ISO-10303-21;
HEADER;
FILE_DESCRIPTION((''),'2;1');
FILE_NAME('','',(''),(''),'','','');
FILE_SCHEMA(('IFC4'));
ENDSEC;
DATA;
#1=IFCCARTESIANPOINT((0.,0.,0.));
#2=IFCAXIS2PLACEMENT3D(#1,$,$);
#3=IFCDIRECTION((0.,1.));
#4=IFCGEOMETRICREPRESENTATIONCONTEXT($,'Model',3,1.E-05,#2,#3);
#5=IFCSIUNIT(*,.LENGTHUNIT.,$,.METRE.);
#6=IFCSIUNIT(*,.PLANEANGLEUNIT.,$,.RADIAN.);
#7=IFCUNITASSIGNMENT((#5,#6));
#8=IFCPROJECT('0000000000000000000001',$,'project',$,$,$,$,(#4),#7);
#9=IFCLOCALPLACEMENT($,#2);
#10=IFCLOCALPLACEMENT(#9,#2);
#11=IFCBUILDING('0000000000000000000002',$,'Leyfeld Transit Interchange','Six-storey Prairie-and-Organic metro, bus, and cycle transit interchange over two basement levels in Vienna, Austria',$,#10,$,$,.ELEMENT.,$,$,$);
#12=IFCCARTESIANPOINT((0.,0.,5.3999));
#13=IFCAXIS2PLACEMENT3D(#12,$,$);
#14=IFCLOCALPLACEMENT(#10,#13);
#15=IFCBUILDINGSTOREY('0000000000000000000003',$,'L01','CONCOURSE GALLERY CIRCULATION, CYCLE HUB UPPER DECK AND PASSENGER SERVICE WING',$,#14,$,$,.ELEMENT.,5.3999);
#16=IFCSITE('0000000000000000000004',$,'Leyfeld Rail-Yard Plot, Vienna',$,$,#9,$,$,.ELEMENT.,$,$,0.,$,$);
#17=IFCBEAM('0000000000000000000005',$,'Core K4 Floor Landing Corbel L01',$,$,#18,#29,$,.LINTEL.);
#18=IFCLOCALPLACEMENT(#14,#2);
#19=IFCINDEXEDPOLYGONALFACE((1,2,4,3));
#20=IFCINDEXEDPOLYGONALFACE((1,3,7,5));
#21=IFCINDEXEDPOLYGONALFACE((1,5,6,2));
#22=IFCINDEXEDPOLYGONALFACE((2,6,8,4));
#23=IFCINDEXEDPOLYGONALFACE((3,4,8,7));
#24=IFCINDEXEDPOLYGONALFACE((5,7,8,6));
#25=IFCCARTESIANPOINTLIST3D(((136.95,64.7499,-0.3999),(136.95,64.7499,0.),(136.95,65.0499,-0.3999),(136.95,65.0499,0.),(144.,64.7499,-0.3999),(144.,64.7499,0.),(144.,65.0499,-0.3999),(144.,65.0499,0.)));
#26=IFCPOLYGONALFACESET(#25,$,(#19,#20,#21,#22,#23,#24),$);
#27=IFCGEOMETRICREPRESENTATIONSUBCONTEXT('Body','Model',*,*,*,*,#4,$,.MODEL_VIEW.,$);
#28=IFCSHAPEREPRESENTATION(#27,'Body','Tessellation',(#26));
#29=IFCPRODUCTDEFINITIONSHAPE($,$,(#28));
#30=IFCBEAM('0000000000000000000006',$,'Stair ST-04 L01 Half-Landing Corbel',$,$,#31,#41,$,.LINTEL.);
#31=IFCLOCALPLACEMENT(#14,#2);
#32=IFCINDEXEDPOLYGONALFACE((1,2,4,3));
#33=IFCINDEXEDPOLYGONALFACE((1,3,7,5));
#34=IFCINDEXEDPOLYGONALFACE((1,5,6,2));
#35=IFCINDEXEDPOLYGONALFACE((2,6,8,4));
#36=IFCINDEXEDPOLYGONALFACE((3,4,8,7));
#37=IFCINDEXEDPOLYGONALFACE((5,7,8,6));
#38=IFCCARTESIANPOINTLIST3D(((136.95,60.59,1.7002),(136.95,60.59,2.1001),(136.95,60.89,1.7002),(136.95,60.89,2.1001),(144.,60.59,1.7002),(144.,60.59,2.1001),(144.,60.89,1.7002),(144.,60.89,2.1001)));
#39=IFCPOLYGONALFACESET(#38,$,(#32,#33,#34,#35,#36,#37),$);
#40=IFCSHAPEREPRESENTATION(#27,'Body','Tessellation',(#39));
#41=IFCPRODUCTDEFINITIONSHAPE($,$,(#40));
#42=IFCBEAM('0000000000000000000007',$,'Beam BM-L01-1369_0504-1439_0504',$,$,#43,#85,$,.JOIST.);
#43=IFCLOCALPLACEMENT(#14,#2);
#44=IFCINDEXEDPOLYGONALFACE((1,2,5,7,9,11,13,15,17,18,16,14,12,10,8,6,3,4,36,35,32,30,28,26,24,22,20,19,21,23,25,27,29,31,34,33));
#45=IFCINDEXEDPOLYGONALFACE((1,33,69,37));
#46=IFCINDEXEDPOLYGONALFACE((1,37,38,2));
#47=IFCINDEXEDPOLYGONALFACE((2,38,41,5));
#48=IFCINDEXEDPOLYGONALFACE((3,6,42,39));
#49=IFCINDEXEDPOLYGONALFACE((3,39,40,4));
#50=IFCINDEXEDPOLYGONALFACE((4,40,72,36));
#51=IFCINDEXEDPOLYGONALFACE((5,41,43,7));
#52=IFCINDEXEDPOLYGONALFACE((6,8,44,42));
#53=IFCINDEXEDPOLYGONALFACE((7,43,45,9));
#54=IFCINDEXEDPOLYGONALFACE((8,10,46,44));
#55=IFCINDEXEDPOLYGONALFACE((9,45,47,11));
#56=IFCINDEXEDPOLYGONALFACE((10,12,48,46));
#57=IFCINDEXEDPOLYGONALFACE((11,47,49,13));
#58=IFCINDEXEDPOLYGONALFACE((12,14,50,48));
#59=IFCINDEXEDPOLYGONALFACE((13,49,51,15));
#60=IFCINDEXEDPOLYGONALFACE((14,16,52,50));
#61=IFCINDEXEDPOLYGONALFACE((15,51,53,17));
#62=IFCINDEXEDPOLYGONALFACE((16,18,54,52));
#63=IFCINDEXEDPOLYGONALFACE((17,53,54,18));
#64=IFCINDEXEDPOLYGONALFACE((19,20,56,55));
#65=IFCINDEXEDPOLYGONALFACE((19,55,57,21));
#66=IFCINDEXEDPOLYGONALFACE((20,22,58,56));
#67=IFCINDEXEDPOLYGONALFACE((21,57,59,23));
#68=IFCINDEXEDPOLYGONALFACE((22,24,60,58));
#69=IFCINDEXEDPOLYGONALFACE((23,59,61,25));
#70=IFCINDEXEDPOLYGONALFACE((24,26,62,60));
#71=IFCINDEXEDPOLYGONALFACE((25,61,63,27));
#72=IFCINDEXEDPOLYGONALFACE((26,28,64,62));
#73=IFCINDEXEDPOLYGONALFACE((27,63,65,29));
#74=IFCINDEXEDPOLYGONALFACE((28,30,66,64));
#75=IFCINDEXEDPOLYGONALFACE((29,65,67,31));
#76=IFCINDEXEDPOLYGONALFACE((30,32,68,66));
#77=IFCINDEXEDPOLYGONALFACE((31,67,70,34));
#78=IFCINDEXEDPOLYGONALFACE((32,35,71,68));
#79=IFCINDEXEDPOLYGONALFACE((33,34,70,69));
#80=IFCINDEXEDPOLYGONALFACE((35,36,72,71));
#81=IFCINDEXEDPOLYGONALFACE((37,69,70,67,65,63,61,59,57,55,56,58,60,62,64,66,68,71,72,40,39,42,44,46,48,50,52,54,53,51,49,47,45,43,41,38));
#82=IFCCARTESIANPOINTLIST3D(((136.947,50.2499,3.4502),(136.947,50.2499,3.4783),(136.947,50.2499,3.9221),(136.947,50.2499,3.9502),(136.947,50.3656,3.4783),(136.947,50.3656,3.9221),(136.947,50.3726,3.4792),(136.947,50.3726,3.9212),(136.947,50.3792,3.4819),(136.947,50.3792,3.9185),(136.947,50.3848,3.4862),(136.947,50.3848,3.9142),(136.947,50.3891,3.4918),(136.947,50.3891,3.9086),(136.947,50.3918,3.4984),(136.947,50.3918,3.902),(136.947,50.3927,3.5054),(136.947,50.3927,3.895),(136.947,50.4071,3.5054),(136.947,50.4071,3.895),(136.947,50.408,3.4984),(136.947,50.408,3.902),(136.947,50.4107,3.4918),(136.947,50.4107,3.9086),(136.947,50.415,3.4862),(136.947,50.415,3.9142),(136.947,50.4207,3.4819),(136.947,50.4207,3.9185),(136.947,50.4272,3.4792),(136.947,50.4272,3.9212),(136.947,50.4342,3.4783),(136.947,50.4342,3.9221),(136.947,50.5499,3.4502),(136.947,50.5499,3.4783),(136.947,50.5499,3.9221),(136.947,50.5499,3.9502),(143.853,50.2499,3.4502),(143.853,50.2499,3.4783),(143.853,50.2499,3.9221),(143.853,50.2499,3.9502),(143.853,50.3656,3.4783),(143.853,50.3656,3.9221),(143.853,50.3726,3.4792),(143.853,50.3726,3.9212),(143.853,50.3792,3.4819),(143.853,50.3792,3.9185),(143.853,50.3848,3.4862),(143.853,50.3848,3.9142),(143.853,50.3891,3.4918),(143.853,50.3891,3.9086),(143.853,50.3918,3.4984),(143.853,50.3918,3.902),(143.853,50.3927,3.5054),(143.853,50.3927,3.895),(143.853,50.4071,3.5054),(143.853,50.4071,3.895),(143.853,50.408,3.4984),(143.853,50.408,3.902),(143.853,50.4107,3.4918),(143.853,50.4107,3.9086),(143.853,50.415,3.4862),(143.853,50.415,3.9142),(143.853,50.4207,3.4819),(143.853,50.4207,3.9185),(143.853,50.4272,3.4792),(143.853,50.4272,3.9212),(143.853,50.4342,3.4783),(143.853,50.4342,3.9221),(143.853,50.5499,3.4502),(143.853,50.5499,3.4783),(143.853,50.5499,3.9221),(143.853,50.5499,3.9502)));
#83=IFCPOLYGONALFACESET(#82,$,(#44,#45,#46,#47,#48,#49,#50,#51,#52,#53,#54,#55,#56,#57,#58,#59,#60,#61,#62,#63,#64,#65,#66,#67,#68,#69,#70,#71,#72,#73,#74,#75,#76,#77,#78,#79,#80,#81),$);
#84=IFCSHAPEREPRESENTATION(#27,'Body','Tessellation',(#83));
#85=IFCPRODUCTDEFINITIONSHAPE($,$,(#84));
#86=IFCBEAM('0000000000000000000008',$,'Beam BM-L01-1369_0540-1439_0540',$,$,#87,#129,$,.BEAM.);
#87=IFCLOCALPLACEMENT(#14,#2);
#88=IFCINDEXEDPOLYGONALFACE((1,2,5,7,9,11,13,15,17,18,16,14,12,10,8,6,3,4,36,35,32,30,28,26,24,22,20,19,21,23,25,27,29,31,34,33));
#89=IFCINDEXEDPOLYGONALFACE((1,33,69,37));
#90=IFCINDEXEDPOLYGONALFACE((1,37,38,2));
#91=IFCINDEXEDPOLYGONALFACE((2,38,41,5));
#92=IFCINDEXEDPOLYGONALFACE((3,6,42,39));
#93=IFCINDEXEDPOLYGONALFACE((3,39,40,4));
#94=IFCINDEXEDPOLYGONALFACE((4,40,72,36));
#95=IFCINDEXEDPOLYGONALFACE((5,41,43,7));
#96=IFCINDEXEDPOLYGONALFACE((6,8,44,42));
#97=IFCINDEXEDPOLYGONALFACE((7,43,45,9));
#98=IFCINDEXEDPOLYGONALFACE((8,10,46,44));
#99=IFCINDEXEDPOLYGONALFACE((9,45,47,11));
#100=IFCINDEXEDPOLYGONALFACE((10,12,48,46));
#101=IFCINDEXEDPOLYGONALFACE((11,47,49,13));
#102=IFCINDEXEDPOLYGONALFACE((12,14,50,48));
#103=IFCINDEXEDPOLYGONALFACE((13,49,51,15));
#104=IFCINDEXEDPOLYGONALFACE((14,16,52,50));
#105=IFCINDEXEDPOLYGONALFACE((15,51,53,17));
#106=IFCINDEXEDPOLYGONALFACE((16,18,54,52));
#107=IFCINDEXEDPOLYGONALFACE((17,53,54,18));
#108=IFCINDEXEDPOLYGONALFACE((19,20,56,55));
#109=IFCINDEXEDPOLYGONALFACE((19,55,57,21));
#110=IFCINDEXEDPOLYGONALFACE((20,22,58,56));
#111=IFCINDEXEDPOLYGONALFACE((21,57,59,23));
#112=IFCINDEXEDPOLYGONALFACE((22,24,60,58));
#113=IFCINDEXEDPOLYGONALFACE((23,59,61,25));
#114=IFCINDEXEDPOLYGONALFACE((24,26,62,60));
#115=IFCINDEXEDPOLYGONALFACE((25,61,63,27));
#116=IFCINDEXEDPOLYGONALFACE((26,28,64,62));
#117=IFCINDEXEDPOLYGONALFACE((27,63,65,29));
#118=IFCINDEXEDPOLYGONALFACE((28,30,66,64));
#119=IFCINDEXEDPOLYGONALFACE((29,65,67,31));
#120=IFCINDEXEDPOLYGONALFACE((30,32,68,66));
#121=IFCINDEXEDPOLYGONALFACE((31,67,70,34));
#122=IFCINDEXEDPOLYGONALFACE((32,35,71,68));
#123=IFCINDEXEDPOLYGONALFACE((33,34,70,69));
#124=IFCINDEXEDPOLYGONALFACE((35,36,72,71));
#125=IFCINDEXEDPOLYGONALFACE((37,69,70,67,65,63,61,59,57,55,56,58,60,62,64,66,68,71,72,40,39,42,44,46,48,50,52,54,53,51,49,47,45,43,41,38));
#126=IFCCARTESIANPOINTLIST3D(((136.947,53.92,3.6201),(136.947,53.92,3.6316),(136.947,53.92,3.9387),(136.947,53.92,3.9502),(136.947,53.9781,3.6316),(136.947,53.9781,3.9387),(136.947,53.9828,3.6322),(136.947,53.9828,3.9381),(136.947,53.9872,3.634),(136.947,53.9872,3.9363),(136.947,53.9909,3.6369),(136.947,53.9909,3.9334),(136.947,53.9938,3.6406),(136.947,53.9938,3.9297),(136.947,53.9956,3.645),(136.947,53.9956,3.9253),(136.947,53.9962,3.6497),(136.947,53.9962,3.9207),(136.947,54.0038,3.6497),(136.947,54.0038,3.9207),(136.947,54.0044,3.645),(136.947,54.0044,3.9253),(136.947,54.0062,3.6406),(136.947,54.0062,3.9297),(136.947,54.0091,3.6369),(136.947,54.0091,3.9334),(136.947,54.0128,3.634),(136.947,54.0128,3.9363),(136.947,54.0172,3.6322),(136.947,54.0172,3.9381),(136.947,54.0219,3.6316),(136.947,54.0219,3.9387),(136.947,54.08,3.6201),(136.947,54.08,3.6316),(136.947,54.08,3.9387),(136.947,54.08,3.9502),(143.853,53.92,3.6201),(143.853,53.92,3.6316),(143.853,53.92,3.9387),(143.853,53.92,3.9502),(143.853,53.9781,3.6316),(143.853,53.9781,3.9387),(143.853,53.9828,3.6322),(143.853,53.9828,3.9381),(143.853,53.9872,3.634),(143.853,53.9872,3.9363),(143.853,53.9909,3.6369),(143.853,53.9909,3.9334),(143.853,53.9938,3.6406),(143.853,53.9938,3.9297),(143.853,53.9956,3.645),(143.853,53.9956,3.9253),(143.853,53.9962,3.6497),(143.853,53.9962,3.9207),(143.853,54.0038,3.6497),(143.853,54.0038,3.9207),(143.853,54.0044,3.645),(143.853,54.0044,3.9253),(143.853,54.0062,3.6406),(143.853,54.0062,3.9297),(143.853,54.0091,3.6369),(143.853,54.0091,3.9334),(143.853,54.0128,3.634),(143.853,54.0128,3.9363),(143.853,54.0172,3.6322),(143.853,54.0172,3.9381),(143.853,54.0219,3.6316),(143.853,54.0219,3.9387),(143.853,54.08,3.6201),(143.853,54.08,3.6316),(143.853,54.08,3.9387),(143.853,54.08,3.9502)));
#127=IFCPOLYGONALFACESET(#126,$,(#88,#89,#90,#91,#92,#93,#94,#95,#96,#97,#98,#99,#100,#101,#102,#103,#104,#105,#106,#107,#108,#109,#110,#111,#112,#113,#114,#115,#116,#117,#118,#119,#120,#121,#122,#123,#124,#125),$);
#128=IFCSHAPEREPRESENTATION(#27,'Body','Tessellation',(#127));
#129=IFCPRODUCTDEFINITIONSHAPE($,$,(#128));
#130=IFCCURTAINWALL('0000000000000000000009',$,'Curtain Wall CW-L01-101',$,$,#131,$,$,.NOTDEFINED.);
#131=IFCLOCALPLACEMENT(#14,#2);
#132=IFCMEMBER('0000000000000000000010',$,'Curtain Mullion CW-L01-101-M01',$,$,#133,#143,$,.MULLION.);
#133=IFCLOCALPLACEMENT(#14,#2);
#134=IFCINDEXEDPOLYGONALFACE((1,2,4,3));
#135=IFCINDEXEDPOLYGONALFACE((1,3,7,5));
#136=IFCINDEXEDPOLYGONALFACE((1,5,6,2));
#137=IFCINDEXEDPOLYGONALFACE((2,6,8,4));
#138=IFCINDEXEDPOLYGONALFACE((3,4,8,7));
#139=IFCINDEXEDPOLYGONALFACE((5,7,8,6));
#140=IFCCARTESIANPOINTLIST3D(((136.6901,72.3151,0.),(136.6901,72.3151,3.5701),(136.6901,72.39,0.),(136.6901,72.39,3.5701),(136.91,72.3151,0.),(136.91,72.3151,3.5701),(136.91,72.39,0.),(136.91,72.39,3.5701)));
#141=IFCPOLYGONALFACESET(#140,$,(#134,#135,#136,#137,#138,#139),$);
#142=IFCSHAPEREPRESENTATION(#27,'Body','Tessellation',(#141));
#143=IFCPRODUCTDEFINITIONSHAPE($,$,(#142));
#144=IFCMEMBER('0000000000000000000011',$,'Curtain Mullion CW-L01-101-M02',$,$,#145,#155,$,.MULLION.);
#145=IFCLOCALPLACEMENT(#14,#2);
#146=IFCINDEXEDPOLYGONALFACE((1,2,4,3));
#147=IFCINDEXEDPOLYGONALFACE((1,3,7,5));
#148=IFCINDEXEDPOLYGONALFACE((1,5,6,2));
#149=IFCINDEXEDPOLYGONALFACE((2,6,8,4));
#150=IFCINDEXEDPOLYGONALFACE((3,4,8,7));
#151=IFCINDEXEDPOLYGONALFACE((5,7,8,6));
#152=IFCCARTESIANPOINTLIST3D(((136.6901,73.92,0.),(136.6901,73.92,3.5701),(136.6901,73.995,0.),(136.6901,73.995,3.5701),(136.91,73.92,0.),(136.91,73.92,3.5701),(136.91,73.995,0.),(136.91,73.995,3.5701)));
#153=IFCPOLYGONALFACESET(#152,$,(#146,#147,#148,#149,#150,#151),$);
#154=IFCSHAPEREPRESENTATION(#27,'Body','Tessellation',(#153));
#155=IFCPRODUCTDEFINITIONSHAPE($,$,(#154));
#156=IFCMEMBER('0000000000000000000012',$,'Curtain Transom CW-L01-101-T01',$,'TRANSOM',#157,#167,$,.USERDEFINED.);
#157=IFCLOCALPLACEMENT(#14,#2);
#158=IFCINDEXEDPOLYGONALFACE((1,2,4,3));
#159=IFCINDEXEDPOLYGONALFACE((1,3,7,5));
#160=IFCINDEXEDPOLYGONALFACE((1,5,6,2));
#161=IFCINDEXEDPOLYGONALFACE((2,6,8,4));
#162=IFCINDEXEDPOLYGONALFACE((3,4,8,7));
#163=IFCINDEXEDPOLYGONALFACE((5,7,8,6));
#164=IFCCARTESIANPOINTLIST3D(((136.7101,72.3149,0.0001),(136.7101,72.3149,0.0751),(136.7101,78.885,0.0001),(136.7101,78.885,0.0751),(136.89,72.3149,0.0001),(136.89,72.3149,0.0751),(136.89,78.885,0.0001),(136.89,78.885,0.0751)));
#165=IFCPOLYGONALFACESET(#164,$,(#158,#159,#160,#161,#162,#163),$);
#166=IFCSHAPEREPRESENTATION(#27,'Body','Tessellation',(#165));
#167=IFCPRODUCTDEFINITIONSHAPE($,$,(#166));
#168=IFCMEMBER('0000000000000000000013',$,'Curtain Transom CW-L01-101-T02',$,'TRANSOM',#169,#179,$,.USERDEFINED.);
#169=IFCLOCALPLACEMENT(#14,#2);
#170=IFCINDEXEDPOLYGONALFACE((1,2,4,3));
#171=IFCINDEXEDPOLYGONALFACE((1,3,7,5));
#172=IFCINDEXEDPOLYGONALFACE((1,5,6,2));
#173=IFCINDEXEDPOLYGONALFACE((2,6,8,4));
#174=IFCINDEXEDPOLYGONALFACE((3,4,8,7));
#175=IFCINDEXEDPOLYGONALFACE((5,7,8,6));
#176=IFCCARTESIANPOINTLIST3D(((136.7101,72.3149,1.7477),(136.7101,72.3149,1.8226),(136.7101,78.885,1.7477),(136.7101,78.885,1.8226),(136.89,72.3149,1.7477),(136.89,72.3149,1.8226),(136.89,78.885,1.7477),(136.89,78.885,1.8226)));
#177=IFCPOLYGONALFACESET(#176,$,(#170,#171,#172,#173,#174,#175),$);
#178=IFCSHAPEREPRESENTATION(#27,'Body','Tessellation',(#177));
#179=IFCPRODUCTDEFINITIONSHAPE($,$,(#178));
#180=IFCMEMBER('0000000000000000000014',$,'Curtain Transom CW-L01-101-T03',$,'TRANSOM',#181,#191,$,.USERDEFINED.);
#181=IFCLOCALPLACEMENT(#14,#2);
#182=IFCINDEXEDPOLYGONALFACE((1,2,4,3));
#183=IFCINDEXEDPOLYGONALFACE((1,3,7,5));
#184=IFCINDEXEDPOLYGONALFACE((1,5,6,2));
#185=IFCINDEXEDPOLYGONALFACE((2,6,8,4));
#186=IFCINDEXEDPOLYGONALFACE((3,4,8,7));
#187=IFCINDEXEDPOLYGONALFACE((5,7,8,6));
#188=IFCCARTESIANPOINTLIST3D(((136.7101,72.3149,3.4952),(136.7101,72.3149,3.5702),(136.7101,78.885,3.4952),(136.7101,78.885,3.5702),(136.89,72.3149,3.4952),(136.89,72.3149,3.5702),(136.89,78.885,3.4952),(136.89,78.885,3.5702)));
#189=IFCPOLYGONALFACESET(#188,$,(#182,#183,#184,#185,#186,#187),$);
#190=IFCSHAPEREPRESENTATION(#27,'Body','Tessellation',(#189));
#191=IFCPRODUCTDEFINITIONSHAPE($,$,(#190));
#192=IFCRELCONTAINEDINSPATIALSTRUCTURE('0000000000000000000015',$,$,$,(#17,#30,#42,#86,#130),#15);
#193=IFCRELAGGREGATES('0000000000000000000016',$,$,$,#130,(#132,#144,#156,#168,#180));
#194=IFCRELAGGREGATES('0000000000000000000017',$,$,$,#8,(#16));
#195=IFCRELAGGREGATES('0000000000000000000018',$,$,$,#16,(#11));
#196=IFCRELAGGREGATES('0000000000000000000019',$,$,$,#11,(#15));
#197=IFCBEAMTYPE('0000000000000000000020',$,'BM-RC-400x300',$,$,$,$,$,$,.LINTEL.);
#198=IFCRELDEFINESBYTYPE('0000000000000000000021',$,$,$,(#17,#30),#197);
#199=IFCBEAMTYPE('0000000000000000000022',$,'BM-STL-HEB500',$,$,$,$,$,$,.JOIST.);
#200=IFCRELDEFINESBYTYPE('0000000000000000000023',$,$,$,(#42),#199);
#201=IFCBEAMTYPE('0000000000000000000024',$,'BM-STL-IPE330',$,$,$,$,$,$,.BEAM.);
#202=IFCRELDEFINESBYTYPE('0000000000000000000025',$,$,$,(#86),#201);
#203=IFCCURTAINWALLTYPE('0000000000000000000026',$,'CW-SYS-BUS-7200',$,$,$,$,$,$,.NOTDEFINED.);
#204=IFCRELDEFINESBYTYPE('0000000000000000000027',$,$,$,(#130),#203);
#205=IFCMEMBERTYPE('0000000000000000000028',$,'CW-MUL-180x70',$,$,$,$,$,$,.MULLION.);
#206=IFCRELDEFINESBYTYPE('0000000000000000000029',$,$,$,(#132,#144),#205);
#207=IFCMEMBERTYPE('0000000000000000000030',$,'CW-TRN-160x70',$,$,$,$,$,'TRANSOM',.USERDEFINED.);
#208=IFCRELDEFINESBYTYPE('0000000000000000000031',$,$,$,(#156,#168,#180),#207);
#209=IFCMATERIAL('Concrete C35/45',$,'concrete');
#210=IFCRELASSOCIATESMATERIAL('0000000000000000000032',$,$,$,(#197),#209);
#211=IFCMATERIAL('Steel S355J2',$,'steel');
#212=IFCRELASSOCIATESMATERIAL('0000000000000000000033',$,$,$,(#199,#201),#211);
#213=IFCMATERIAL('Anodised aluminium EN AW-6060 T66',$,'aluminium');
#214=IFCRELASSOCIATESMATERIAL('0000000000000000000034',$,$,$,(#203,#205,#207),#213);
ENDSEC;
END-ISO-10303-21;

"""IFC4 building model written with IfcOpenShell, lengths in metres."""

from ifc_helpers import new_model, si_unit, direction, frame, origin, origin_2d, place, context, subcontext, project, spatial, rectangle, i_section, extrude, material, material_profile, profile_set, type_object, element, aggregate, save


model = new_model("IFC4")

# Units and contexts
model_context = context("Model", 3, precision=1e-05, world=origin(), true_north=direction((0.0, 1.0)))
body_context = subcontext(model_context, "Body", "Model", "MODEL_VIEW")
ifc_project = project(units=[si_unit("LENGTHUNIT", "METRE"), si_unit("PLANEANGLEUNIT", "RADIAN")], contexts=[model_context])

# Site, building, storey
site_placement = place(None, origin())
site = spatial("IfcSite", under=ifc_project, at=site_placement, Name="Leyfeld Rail-Yard Plot, Vienna", CompositionType="ELEMENT", RefElevation=0.0)
building_placement = place(site_placement, origin())
building = spatial("IfcBuilding", under=site, at=building_placement, Name="Leyfeld Transit Interchange", Description="Six-storey Prairie-and-Organic metro, bus, and cycle transit interchange over two basement levels in Vienna, Austria", CompositionType="ELEMENT")
storey_placement = place(building_placement, frame((0.0, 0.0, 5.3999)))
storey = spatial("IfcBuildingStorey", under=building, at=storey_placement, Name="L01", Description="CONCOURSE GALLERY CIRCULATION, CYCLE HUB UPPER DECK AND PASSENGER SERVICE WING", CompositionType="ELEMENT", Elevation=5.3999)

# Beams
ifc_material_1 = material(Name="Concrete C35/45", Category="concrete")
ifc_material_profile_1 = material_profile(ifc_material_1, rectangle(XDim=0.3, YDim=0.3999, at=origin_2d()), Name="RC 400x300")
ifc_profile_set_1 = profile_set([ifc_material_profile_1], Name="Concrete C35/45")
beam_type_1 = type_object("IfcBeamType", Name="BM-RC-400x300", PredefinedType="LINTEL", material=ifc_profile_set_1)
for number, where, z_axis, x_axis, name in (
    (1, (136.95, 64.8999, -0.2), (1.0, 0.0, 0.0), (0.0, 1.0, 0.0), "Core K4 Floor Landing Corbel L01"),
    (2, (136.95, 60.74, 1.9001), (1.0, 0.0, 0.0), (0.0, 1.0, 0.0), "Stair ST-04 L01 Half-Landing Corbel"),
):
    element("IfcBeam", number, at=place(storey_placement, frame(where, z_axis=z_axis, x_axis=x_axis)), inside=storey, type_object=beam_type_1, Name=name, PredefinedType="LINTEL", context=body_context, shape_type="SweptSolid", body=[
        extrude(rectangle(XDim=0.3, YDim=0.3999, at=origin_2d()), origin(), (0.0, 0.0, 1.0), 7.05),
    ])
ifc_material_2 = material(Name="Steel S355J2", Category="steel")
ifc_material_profile_2 = material_profile(ifc_material_2, i_section(OverallWidth=0.3, OverallDepth=0.5, WebThickness=0.0144, FlangeThickness=0.0281, FilletRadius=0.0271, at=origin_2d()), Name="HEB 500")
ifc_profile_set_2 = profile_set([ifc_material_profile_2], Name="Steel S355J2")
beam_type_2 = type_object("IfcBeamType", Name="BM-STL-HEB500", PredefinedType="JOIST", material=ifc_profile_set_2)
beam_1_placement = place(storey_placement, frame((136.947, 50.3999, 3.7002), z_axis=(1.0, 0.0, 0.0), x_axis=(0.0, 1.0, 0.0)))
element("IfcBeam", 3, at=beam_1_placement, inside=storey, type_object=beam_type_2, Name="Beam BM-L01-1369_0504-1439_0504", PredefinedType="JOIST", context=body_context, shape_type="SweptSolid", body=[
    extrude(i_section(OverallWidth=0.3, OverallDepth=0.5, WebThickness=0.0144, FlangeThickness=0.0281, FilletRadius=0.0271, at=origin_2d()), origin(), (0.0, 0.0, 1.0), 6.906),
])
ifc_material_profile_3 = material_profile(ifc_material_2, i_section(OverallWidth=0.1599, OverallDepth=0.3301, WebThickness=0.0076, FlangeThickness=0.0115, FilletRadius=0.0181, at=origin_2d()), Name="IPE 330")
ifc_profile_set_3 = profile_set([ifc_material_profile_3], Name="Steel S355J2")
beam_type_3 = type_object("IfcBeamType", Name="BM-STL-IPE330", PredefinedType="BEAM", material=ifc_profile_set_3)
beam_2_placement = place(storey_placement, frame((136.947, 54.0, 3.7852), z_axis=(1.0, 0.0, 0.0), x_axis=(0.0, 1.0, 0.0)))
element("IfcBeam", 4, at=beam_2_placement, inside=storey, type_object=beam_type_3, Name="Beam BM-L01-1369_0540-1439_0540", PredefinedType="BEAM", context=body_context, shape_type="SweptSolid", body=[
    extrude(i_section(OverallWidth=0.1599, OverallDepth=0.3301, WebThickness=0.0076, FlangeThickness=0.0115, FilletRadius=0.0181, at=origin_2d()), origin(), (0.0, 0.0, 1.0), 6.906),
])

# Curtain wall, members
ifc_material_3 = material(Name="Anodised aluminium EN AW-6060 T66", Category="aluminium")
curtain_wall_type = type_object("IfcCurtainWallType", Name="CW-SYS-BUS-7200", PredefinedType="NOTDEFINED", material=ifc_material_3)
curtain_wall_placement = place(storey_placement, origin())
curtain_wall = element("IfcCurtainWall", 5, at=curtain_wall_placement, inside=storey, type_object=curtain_wall_type, Name="Curtain Wall CW-L01-101", PredefinedType="NOTDEFINED")
ifc_material_profile_4 = material_profile(ifc_material_3, rectangle(XDim=0.075, YDim=0.22, at=origin_2d()), Name="CW-M 75x220")
ifc_profile_set_4 = profile_set([ifc_material_profile_4], Name="Anodised aluminium EN AW-6060 T66")
member_type_1 = type_object("IfcMemberType", Name="CW-MUL-180x70", PredefinedType="MULLION", material=ifc_profile_set_4)
member_1_placement = place(storey_placement, frame((136.8, 72.3525, 0.0), z_axis=(0.0, 0.0, 1.0), x_axis=(0.0, 1.0, 0.0)))
member_1 = element("IfcMember", 6, at=member_1_placement, type_object=member_type_1, Name="Curtain Mullion CW-L01-101-M01", PredefinedType="MULLION", context=body_context, shape_type="SweptSolid", body=[
    extrude(rectangle(XDim=0.075, YDim=0.22, at=origin_2d()), origin(), (0.0, 0.0, 1.0), 3.5701),
])
member_2_placement = place(storey_placement, frame((136.8, 73.9575, 0.0), z_axis=(0.0, 0.0, 1.0), x_axis=(0.0, 1.0, 0.0)))
member_2 = element("IfcMember", 7, at=member_2_placement, type_object=member_type_1, Name="Curtain Mullion CW-L01-101-M02", PredefinedType="MULLION", context=body_context, shape_type="SweptSolid", body=[
    extrude(rectangle(XDim=0.075, YDim=0.22, at=origin_2d()), origin(), (0.0, 0.0, 1.0), 3.5701),
])
ifc_material_profile_5 = material_profile(ifc_material_3, rectangle(XDim=0.1799, YDim=0.075, at=origin_2d()), Name="CW-TRN-160x70")
ifc_profile_set_5 = profile_set([ifc_material_profile_5], Name="Anodised aluminium EN AW-6060 T66")
member_type_2 = type_object("IfcMemberType", Name="CW-TRN-160x70", ElementType="TRANSOM", PredefinedType="USERDEFINED", material=ifc_profile_set_5)
member_3_placement = place(storey_placement, frame((136.8, 72.3149, 0.0376), z_axis=(0.0, 1.0, 0.0), x_axis=(-1.0, 0.0, 0.0)))
member_3 = element("IfcMember", 8, at=member_3_placement, type_object=member_type_2, Name="Curtain Transom CW-L01-101-T01", ObjectType="TRANSOM", PredefinedType="USERDEFINED", context=body_context, shape_type="SweptSolid", body=[
    extrude(rectangle(XDim=0.1799, YDim=0.075, at=origin_2d()), origin(), (0.0, 0.0, 1.0), 6.5701),
])
member_4_placement = place(storey_placement, frame((136.8, 72.3149, 1.7852), z_axis=(0.0, 1.0, 0.0), x_axis=(-1.0, 0.0, 0.0)))
member_4 = element("IfcMember", 9, at=member_4_placement, type_object=member_type_2, Name="Curtain Transom CW-L01-101-T02", ObjectType="TRANSOM", PredefinedType="USERDEFINED", context=body_context, shape_type="SweptSolid", body=[
    extrude(rectangle(XDim=0.1799, YDim=0.075, at=origin_2d()), origin(), (0.0, 0.0, 1.0), 6.5701),
])
member_5_placement = place(storey_placement, frame((136.8, 72.3149, 3.5327), z_axis=(0.0, 1.0, 0.0), x_axis=(-1.0, 0.0, 0.0)))
member_5 = element("IfcMember", 10, at=member_5_placement, type_object=member_type_2, Name="Curtain Transom CW-L01-101-T03", ObjectType="TRANSOM", PredefinedType="USERDEFINED", context=body_context, shape_type="SweptSolid", body=[
    extrude(rectangle(XDim=0.1799, YDim=0.075, at=origin_2d()), origin(), (0.0, 0.0, 1.0), 6.5701),
])
aggregate(curtain_wall, [member_1, member_2, member_3, member_4, member_5])

save(model, "model.ifc")
